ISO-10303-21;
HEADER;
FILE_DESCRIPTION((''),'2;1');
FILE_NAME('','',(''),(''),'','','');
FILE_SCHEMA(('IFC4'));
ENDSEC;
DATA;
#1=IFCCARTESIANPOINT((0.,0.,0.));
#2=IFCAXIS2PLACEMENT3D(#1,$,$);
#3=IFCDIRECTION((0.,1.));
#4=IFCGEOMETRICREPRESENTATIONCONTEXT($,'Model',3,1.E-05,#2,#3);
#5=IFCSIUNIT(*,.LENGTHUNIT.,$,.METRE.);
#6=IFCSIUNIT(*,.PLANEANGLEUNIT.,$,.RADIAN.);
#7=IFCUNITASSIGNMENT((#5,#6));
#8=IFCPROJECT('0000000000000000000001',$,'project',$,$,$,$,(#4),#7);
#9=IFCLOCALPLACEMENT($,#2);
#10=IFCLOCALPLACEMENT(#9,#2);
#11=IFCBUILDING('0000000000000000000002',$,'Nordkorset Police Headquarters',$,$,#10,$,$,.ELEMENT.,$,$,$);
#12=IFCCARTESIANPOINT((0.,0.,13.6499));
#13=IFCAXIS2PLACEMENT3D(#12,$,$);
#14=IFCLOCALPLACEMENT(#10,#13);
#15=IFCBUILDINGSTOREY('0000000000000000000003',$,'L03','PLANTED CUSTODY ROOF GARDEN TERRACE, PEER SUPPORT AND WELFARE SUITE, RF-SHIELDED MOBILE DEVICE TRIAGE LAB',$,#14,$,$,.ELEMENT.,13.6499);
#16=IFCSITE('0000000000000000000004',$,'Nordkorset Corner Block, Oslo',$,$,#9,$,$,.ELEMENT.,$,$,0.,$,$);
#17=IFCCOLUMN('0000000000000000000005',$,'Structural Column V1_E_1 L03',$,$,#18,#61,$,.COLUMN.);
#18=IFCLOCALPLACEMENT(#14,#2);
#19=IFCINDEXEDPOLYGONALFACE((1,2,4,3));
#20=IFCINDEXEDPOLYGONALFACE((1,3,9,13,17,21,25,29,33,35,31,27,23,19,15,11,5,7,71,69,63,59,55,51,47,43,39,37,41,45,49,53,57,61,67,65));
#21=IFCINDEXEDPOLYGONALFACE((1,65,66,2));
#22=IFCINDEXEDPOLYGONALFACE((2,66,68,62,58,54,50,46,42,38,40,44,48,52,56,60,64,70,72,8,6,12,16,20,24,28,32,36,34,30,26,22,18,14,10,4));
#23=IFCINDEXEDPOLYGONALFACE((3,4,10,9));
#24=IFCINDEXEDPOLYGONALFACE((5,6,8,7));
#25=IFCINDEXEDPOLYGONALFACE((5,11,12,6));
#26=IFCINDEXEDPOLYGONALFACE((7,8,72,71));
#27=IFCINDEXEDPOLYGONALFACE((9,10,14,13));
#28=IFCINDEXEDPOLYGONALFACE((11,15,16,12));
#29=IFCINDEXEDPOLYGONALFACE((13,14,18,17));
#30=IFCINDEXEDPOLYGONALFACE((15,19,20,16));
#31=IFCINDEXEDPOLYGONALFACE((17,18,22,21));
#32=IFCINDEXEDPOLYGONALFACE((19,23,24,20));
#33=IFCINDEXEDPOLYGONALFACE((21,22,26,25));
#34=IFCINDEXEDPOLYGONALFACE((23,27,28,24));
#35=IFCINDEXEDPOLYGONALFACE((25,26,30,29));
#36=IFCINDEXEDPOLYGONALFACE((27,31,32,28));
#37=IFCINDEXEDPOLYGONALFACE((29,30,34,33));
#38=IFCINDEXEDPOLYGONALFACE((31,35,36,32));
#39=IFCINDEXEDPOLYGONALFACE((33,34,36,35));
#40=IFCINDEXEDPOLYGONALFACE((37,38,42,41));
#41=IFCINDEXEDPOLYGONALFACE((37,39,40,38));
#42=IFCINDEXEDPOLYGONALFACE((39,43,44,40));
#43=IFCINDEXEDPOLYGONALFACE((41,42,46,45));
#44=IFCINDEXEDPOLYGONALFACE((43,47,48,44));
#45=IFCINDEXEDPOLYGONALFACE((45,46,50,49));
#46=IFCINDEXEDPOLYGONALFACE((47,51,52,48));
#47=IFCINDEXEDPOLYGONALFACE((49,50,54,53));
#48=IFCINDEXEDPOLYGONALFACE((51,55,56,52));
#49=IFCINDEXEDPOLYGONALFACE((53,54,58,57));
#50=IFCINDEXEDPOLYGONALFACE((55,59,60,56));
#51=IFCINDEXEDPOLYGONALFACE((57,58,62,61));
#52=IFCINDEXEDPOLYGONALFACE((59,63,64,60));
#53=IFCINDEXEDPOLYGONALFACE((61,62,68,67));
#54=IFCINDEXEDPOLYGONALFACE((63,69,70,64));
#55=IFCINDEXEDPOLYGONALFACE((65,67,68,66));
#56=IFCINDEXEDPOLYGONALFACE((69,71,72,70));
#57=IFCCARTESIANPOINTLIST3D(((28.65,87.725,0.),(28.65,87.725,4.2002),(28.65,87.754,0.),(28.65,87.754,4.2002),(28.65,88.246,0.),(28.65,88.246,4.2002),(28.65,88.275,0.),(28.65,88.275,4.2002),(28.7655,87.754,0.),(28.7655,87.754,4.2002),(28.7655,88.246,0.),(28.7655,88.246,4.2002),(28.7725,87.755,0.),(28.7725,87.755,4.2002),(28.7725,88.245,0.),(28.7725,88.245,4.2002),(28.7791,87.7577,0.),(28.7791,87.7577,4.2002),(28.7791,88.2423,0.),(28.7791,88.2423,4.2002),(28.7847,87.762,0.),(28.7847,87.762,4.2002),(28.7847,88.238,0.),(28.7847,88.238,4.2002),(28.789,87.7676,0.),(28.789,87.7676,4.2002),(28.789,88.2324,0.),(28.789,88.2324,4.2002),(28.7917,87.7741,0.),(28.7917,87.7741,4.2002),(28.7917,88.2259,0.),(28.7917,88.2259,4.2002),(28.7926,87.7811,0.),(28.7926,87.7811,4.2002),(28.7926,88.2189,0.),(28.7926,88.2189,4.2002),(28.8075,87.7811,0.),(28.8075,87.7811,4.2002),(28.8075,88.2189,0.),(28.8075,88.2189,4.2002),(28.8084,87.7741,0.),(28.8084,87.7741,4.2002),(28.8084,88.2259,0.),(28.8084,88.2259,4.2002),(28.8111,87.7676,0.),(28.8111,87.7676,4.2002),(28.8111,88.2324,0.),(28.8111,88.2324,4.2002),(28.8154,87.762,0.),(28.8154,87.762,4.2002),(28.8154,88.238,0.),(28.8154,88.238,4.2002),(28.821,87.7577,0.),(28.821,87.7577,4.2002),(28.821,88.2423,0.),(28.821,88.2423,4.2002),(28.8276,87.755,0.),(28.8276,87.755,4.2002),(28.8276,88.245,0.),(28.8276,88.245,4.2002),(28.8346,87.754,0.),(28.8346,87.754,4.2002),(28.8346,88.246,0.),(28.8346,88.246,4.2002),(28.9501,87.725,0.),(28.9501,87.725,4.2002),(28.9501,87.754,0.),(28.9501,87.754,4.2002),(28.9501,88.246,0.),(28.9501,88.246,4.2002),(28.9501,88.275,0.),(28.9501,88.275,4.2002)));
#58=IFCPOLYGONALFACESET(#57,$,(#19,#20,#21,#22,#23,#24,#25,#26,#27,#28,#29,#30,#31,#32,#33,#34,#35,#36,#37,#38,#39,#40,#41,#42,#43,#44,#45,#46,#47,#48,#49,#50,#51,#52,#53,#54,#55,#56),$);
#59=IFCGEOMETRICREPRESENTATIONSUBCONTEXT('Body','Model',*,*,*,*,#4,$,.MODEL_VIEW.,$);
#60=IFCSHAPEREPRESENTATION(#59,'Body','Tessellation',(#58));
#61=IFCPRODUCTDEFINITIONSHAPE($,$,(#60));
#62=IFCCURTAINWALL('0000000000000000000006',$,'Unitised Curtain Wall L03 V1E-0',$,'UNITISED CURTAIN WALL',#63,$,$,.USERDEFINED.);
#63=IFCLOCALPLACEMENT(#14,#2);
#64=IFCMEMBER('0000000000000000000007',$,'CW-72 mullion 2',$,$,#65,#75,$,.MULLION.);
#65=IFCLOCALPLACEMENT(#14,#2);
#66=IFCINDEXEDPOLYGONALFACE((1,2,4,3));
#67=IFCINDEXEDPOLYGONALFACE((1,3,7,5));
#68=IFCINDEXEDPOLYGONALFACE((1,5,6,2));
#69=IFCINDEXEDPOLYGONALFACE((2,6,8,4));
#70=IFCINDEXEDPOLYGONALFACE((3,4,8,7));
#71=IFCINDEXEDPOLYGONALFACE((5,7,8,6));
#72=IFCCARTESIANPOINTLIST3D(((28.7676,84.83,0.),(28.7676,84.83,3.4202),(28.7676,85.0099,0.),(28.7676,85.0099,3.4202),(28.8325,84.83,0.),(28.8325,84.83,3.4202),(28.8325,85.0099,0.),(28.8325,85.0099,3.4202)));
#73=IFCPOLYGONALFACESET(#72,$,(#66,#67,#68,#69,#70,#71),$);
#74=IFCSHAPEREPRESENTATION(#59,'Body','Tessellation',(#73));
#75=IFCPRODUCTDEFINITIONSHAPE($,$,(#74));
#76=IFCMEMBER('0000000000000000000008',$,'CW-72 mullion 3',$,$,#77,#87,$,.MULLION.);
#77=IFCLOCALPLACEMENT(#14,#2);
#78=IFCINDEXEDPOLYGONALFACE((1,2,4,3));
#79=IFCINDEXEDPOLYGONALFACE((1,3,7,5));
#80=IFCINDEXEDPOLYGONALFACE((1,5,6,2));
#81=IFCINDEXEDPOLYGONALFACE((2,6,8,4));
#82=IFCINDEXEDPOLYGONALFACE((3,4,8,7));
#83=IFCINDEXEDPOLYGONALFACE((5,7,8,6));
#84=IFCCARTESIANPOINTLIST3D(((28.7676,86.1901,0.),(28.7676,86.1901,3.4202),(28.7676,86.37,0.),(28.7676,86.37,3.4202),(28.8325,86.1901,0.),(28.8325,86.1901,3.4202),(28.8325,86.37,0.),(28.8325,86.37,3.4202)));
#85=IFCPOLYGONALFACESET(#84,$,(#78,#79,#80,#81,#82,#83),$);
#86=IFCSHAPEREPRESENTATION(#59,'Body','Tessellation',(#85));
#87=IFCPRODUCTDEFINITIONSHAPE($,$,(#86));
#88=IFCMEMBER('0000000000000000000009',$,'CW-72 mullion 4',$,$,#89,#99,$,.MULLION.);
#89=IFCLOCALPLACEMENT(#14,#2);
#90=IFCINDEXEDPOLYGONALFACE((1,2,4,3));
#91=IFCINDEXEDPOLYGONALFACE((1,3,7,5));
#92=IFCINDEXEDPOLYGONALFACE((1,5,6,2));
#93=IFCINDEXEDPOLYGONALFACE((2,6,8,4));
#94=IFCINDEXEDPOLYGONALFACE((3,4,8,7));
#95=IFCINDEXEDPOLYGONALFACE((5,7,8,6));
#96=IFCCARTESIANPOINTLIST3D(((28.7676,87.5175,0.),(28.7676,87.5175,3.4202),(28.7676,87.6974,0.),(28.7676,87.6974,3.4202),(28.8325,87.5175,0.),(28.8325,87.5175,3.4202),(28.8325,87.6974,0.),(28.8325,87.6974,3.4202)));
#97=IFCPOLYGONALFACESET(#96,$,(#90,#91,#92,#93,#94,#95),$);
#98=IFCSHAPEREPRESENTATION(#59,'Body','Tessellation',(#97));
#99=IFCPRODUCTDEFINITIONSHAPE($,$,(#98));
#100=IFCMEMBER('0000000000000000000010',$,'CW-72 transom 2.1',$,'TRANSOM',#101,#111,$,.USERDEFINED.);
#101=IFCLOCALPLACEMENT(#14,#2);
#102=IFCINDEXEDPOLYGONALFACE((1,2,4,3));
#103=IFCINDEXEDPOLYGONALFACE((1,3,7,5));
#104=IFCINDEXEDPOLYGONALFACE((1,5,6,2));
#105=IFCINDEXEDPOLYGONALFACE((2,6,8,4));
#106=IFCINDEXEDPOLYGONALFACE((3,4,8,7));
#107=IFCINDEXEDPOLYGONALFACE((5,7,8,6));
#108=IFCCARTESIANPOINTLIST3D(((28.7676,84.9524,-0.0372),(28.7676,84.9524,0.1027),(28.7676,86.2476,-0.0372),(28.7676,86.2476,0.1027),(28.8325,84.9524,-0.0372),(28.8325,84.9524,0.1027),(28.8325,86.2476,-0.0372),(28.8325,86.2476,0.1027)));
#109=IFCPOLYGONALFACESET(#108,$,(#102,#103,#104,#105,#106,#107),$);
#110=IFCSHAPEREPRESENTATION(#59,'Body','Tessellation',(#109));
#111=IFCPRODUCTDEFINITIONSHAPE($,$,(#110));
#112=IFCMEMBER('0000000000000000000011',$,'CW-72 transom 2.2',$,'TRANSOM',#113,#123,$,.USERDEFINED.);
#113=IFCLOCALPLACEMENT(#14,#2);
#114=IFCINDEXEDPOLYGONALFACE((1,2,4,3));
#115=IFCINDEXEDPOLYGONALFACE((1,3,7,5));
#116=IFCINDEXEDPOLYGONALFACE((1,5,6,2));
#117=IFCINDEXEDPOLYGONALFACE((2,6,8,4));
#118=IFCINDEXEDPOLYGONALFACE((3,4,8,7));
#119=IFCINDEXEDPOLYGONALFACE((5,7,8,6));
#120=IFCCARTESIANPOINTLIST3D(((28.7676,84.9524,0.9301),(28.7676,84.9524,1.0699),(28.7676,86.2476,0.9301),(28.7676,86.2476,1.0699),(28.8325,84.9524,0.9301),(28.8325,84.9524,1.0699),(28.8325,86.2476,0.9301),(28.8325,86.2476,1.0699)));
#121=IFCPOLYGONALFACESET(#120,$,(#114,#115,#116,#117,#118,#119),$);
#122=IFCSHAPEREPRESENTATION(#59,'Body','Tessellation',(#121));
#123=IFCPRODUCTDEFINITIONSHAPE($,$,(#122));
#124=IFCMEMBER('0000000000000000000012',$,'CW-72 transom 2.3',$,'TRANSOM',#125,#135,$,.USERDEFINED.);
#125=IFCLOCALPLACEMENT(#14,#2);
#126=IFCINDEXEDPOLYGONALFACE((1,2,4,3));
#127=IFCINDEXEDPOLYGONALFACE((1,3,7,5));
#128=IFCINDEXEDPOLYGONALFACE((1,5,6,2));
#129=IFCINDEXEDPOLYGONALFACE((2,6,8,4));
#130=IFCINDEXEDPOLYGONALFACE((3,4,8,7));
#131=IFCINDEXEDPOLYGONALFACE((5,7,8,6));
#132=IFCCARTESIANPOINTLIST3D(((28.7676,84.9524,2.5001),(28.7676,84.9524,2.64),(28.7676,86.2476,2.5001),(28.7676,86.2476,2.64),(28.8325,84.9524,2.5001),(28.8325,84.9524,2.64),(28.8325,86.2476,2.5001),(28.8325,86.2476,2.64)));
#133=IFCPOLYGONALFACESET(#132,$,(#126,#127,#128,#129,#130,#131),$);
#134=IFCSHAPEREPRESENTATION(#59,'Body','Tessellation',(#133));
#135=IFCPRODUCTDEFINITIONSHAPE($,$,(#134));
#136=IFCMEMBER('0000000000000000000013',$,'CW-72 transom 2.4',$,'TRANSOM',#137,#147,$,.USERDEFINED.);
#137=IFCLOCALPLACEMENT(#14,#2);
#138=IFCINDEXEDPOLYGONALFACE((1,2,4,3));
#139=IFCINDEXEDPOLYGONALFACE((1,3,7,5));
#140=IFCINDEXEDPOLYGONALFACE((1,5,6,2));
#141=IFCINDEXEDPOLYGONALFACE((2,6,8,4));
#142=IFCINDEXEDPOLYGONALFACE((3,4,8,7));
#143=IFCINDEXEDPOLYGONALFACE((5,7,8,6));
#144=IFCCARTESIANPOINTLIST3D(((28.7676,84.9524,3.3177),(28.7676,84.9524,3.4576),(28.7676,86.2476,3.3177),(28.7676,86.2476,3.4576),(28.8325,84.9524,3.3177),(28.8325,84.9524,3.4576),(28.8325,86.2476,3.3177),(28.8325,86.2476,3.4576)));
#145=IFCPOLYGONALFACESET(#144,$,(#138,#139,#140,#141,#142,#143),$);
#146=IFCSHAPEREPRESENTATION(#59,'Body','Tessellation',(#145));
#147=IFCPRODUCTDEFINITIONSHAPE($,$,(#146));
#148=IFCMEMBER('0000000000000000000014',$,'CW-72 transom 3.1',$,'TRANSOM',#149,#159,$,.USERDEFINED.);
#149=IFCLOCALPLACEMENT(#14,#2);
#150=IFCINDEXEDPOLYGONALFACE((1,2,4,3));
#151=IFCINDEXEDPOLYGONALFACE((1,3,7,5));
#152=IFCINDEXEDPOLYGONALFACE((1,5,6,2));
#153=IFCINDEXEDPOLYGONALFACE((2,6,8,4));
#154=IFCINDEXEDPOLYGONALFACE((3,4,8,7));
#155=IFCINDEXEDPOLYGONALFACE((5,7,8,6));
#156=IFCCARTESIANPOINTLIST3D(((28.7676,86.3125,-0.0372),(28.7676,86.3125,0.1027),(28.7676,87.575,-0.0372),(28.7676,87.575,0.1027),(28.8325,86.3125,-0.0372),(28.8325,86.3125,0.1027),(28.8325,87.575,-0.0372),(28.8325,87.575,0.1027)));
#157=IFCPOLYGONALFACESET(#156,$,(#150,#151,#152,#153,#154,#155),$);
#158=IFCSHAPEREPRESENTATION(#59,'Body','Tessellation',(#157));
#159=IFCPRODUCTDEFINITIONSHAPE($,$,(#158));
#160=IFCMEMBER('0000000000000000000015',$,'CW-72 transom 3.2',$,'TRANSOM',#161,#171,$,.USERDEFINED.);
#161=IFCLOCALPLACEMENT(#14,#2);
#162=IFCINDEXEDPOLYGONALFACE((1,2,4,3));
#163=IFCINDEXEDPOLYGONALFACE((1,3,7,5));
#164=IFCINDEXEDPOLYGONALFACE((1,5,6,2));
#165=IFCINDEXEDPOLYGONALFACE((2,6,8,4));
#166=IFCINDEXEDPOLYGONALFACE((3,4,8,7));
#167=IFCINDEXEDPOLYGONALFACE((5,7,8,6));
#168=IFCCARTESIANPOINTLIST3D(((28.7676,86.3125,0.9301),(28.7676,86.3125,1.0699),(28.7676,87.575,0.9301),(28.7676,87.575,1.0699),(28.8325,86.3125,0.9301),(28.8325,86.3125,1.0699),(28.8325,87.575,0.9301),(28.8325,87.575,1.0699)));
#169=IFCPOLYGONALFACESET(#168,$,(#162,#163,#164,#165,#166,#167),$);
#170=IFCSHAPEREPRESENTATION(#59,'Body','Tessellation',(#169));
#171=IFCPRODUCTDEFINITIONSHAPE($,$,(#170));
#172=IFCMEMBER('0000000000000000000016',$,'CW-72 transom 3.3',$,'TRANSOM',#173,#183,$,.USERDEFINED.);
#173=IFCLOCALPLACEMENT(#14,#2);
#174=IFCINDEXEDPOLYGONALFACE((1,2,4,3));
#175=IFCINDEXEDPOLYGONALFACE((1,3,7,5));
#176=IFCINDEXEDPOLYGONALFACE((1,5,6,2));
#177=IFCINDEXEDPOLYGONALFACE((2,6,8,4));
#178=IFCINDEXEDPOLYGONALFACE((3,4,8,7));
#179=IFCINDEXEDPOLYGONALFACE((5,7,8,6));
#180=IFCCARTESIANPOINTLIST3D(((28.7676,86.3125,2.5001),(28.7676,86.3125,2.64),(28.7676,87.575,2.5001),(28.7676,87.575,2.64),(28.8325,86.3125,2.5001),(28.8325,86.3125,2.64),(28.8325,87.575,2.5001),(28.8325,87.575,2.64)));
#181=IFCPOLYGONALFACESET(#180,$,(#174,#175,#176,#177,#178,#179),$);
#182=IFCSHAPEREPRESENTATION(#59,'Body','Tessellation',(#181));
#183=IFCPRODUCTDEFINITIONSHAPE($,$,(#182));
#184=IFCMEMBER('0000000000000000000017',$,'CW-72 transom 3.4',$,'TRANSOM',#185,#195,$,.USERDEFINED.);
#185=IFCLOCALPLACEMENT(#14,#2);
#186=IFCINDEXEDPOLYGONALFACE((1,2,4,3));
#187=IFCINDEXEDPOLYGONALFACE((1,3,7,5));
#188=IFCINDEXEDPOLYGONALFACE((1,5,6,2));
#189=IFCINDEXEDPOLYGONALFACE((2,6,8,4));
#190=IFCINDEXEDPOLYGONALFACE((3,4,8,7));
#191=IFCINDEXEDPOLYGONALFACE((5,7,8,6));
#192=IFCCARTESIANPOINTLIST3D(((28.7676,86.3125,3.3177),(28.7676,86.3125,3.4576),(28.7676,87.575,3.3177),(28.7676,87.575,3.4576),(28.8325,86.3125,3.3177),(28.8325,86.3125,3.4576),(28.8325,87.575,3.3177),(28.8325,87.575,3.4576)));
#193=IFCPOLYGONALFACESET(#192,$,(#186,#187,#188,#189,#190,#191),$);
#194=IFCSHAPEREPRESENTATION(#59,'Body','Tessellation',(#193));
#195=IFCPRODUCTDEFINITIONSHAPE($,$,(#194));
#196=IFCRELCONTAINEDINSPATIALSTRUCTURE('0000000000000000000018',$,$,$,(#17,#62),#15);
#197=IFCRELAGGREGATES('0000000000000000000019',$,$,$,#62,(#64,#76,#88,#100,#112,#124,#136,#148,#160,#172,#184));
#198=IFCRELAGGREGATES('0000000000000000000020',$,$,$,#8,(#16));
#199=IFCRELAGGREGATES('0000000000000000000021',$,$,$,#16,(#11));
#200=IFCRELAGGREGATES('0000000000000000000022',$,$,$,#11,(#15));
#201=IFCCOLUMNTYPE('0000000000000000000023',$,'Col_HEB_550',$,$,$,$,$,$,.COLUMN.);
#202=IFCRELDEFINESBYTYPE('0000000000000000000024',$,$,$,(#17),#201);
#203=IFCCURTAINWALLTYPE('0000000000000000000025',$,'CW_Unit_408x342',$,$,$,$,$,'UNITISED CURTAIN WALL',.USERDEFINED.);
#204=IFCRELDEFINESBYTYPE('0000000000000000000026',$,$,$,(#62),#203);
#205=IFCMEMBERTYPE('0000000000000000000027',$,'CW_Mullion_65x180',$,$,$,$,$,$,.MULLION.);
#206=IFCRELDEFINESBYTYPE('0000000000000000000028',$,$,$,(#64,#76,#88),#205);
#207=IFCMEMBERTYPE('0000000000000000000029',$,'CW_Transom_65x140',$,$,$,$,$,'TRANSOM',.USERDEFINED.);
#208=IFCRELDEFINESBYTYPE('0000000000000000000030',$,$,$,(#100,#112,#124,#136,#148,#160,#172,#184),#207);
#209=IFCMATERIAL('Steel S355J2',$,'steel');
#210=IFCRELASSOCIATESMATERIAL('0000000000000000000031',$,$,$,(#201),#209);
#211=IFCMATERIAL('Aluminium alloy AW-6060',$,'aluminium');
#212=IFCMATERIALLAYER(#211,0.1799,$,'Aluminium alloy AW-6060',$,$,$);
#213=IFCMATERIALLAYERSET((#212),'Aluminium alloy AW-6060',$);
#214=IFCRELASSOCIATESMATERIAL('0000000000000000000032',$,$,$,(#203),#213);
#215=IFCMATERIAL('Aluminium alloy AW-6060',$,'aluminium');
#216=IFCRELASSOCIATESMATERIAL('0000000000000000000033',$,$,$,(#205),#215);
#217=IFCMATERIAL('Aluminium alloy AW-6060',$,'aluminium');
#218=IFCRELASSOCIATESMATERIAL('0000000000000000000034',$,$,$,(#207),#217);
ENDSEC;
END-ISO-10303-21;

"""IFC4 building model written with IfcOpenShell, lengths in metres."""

from ifc_helpers import new_model, si_unit, direction, frame, origin, origin_2d, place, context, subcontext, project, spatial, rectangle, i_section, extrude, material, layer, layer_set, material_profile, profile_set, type_object, element, aggregate, save


model = new_model("IFC4")

# Units and contexts
model_context = context("Model", 3, precision=1e-05, world=origin(), true_north=direction((0.0, 1.0)))
body_context = subcontext(model_context, "Body", "Model", "MODEL_VIEW")
ifc_project = project(units=[si_unit("LENGTHUNIT", "METRE"), si_unit("PLANEANGLEUNIT", "RADIAN")], contexts=[model_context])

# Site, building, storey
site_placement = place(None, origin())
site = spatial("IfcSite", under=ifc_project, at=site_placement, Name="Nordkorset Corner Block, Oslo", CompositionType="ELEMENT", RefElevation=0.0)
building_placement = place(site_placement, origin())
building = spatial("IfcBuilding", under=site, at=building_placement, Name="Nordkorset Police Headquarters", CompositionType="ELEMENT")
storey_placement = place(building_placement, frame((0.0, 0.0, 13.6499)))
storey = spatial("IfcBuildingStorey", under=building, at=storey_placement, Name="L03", Description="PLANTED CUSTODY ROOF GARDEN TERRACE, PEER SUPPORT AND WELFARE SUITE, RF-SHIELDED MOBILE DEVICE TRIAGE LAB", CompositionType="ELEMENT", Elevation=13.6499)

# Column
ifc_material_1 = material(Name="Steel S355J2", Category="steel")
ifc_material_profile_1 = material_profile(ifc_material_1, i_section(OverallWidth=0.3, OverallDepth=0.55, WebThickness=0.0149, FlangeThickness=0.0291, FilletRadius=0.0271, at=origin_2d()), Name="HEB 550")
ifc_profile_set_1 = profile_set([ifc_material_profile_1], Name="Steel S355J2")
column_type = type_object("IfcColumnType", Name="Col_HEB_550", PredefinedType="COLUMN", material=ifc_profile_set_1)
column_placement = place(storey_placement, frame((28.8, 88.0, 0.0), z_axis=(0.0, 0.0, 1.0), x_axis=(1.0, 0.0, 0.0)))
element("IfcColumn", 1, at=column_placement, inside=storey, type_object=column_type, Name="Structural Column V1_E_1 L03", PredefinedType="COLUMN", context=body_context, shape_type="SweptSolid", body=[
    extrude(i_section(OverallWidth=0.3, OverallDepth=0.55, WebThickness=0.0149, FlangeThickness=0.0291, FilletRadius=0.0271, at=origin_2d()), origin(), (0.0, 0.0, 1.0), 4.2002),
])

# Curtain wall, members
ifc_material_2 = material(Name="Aluminium alloy AW-6060", Category="aluminium")
ifc_layer_1 = layer(ifc_material_2, 0.1799, Name="Aluminium alloy AW-6060")
ifc_layer_set_1 = layer_set([ifc_layer_1], Name="Aluminium alloy AW-6060")
curtain_wall_type = type_object("IfcCurtainWallType", Name="CW_Unit_408x342", ElementType="UNITISED CURTAIN WALL", PredefinedType="USERDEFINED", material=ifc_layer_set_1)
curtain_wall_placement = place(storey_placement, origin())
curtain_wall = element("IfcCurtainWall", 2, at=curtain_wall_placement, inside=storey, type_object=curtain_wall_type, Name="Unitised Curtain Wall L03 V1E-0", ObjectType="UNITISED CURTAIN WALL", PredefinedType="USERDEFINED")
ifc_material_3 = material(Name="Aluminium alloy AW-6060", Category="aluminium")
ifc_material_profile_2 = material_profile(ifc_material_3, rectangle(XDim=0.0649, YDim=0.1799, at=origin_2d()), Name="ALU MULL 65x180")
ifc_profile_set_2 = profile_set([ifc_material_profile_2], Name="Aluminium alloy AW-6060")
member_type_1 = type_object("IfcMemberType", Name="CW_Mullion_65x180", PredefinedType="MULLION", material=ifc_profile_set_2)
member_1_placement = place(storey_placement, frame((28.8, 84.9199, 0.0), z_axis=(0.0, 0.0, 1.0), x_axis=(-1.0, 0.0, 0.0)))
member_1 = element("IfcMember", 3, at=member_1_placement, type_object=member_type_1, Name="CW-72 mullion 2", PredefinedType="MULLION", context=body_context, shape_type="SweptSolid", body=[
    extrude(rectangle(XDim=0.0649, YDim=0.1799, at=origin_2d()), origin(), (0.0, 0.0, 1.0), 3.4202),
])
member_2_placement = place(storey_placement, frame((28.8, 86.28, 0.0), z_axis=(0.0, 0.0, 1.0), x_axis=(-1.0, 0.0, 0.0)))
member_2 = element("IfcMember", 4, at=member_2_placement, type_object=member_type_1, Name="CW-72 mullion 3", PredefinedType="MULLION", context=body_context, shape_type="SweptSolid", body=[
    extrude(rectangle(XDim=0.0649, YDim=0.1799, at=origin_2d()), origin(), (0.0, 0.0, 1.0), 3.4202),
])
member_3_placement = place(storey_placement, frame((28.8, 87.6074, 0.0), z_axis=(0.0, 0.0, 1.0), x_axis=(-1.0, 0.0, 0.0)))
member_3 = element("IfcMember", 5, at=member_3_placement, type_object=member_type_1, Name="CW-72 mullion 4", PredefinedType="MULLION", context=body_context, shape_type="SweptSolid", body=[
    extrude(rectangle(XDim=0.0649, YDim=0.1799, at=origin_2d()), origin(), (0.0, 0.0, 1.0), 3.4202),
])
ifc_material_4 = material(Name="Aluminium alloy AW-6060", Category="aluminium")
ifc_material_profile_3 = material_profile(ifc_material_4, rectangle(XDim=0.0649, YDim=0.1399, at=origin_2d()), Name="ALU TRAN 65x140")
ifc_profile_set_3 = profile_set([ifc_material_profile_3], Name="Aluminium alloy AW-6060")
member_type_2 = type_object("IfcMemberType", Name="CW_Transom_65x140", ElementType="TRANSOM", PredefinedType="USERDEFINED", material=ifc_profile_set_3)
member_4_placement = place(storey_placement, frame((28.8, 84.9524, 0.0327), z_axis=(0.0, 1.0, 0.0), x_axis=(-1.0, 0.0, 0.0)))
member_4 = element("IfcMember", 6, at=member_4_placement, type_object=member_type_2, Name="CW-72 transom 2.1", ObjectType="TRANSOM", PredefinedType="USERDEFINED", context=body_context, shape_type="SweptSolid", body=[
    extrude(rectangle(XDim=0.0649, YDim=0.1399, at=origin_2d()), origin(), (0.0, 0.0, 1.0), 1.2952),
])
member_5_placement = place(storey_placement, frame((28.8, 84.9524, 1.0), z_axis=(0.0, 1.0, 0.0), x_axis=(-1.0, 0.0, 0.0)))
member_5 = element("IfcMember", 7, at=member_5_placement, type_object=member_type_2, Name="CW-72 transom 2.2", ObjectType="TRANSOM", PredefinedType="USERDEFINED", context=body_context, shape_type="SweptSolid", body=[
    extrude(rectangle(XDim=0.0649, YDim=0.1399, at=origin_2d()), origin(), (0.0, 0.0, 1.0), 1.2952),
])
member_6_placement = place(storey_placement, frame((28.8, 84.9524, 2.5701), z_axis=(0.0, 1.0, 0.0), x_axis=(-1.0, 0.0, 0.0)))
member_6 = element("IfcMember", 8, at=member_6_placement, type_object=member_type_2, Name="CW-72 transom 2.3", ObjectType="TRANSOM", PredefinedType="USERDEFINED", context=body_context, shape_type="SweptSolid", body=[
    extrude(rectangle(XDim=0.0649, YDim=0.1399, at=origin_2d()), origin(), (0.0, 0.0, 1.0), 1.2952),
])
member_7_placement = place(storey_placement, frame((28.8, 84.9524, 3.3877), z_axis=(0.0, 1.0, 0.0), x_axis=(-1.0, 0.0, 0.0)))
member_7 = element("IfcMember", 9, at=member_7_placement, type_object=member_type_2, Name="CW-72 transom 2.4", ObjectType="TRANSOM", PredefinedType="USERDEFINED", context=body_context, shape_type="SweptSolid", body=[
    extrude(rectangle(XDim=0.0649, YDim=0.1399, at=origin_2d()), origin(), (0.0, 0.0, 1.0), 1.2952),
])
member_8_placement = place(storey_placement, frame((28.8, 86.3125, 0.0327), z_axis=(0.0, 1.0, 0.0), x_axis=(-1.0, 0.0, 0.0)))
member_8 = element("IfcMember", 10, at=member_8_placement, type_object=member_type_2, Name="CW-72 transom 3.1", ObjectType="TRANSOM", PredefinedType="USERDEFINED", context=body_context, shape_type="SweptSolid", body=[
    extrude(rectangle(XDim=0.0649, YDim=0.1399, at=origin_2d()), origin(), (0.0, 0.0, 1.0), 1.2625),
])
member_9_placement = place(storey_placement, frame((28.8, 86.3125, 1.0), z_axis=(0.0, 1.0, 0.0), x_axis=(-1.0, 0.0, 0.0)))
member_9 = element("IfcMember", 11, at=member_9_placement, type_object=member_type_2, Name="CW-72 transom 3.2", ObjectType="TRANSOM", PredefinedType="USERDEFINED", context=body_context, shape_type="SweptSolid", body=[
    extrude(rectangle(XDim=0.0649, YDim=0.1399, at=origin_2d()), origin(), (0.0, 0.0, 1.0), 1.2625),
])
member_10_placement = place(storey_placement, frame((28.8, 86.3125, 2.5701), z_axis=(0.0, 1.0, 0.0), x_axis=(-1.0, 0.0, 0.0)))
member_10 = element("IfcMember", 12, at=member_10_placement, type_object=member_type_2, Name="CW-72 transom 3.3", ObjectType="TRANSOM", PredefinedType="USERDEFINED", context=body_context, shape_type="SweptSolid", body=[
    extrude(rectangle(XDim=0.0649, YDim=0.1399, at=origin_2d()), origin(), (0.0, 0.0, 1.0), 1.2625),
])
member_11_placement = place(storey_placement, frame((28.8, 86.3125, 3.3877), z_axis=(0.0, 1.0, 0.0), x_axis=(-1.0, 0.0, 0.0)))
member_11 = element("IfcMember", 13, at=member_11_placement, type_object=member_type_2, Name="CW-72 transom 3.4", ObjectType="TRANSOM", PredefinedType="USERDEFINED", context=body_context, shape_type="SweptSolid", body=[
    extrude(rectangle(XDim=0.0649, YDim=0.1399, at=origin_2d()), origin(), (0.0, 0.0, 1.0), 1.2625),
])
aggregate(curtain_wall, [member_1, member_2, member_3, member_4, member_5, member_6, member_7, member_8, member_9, member_10, member_11])

save(model, "model.ifc")
